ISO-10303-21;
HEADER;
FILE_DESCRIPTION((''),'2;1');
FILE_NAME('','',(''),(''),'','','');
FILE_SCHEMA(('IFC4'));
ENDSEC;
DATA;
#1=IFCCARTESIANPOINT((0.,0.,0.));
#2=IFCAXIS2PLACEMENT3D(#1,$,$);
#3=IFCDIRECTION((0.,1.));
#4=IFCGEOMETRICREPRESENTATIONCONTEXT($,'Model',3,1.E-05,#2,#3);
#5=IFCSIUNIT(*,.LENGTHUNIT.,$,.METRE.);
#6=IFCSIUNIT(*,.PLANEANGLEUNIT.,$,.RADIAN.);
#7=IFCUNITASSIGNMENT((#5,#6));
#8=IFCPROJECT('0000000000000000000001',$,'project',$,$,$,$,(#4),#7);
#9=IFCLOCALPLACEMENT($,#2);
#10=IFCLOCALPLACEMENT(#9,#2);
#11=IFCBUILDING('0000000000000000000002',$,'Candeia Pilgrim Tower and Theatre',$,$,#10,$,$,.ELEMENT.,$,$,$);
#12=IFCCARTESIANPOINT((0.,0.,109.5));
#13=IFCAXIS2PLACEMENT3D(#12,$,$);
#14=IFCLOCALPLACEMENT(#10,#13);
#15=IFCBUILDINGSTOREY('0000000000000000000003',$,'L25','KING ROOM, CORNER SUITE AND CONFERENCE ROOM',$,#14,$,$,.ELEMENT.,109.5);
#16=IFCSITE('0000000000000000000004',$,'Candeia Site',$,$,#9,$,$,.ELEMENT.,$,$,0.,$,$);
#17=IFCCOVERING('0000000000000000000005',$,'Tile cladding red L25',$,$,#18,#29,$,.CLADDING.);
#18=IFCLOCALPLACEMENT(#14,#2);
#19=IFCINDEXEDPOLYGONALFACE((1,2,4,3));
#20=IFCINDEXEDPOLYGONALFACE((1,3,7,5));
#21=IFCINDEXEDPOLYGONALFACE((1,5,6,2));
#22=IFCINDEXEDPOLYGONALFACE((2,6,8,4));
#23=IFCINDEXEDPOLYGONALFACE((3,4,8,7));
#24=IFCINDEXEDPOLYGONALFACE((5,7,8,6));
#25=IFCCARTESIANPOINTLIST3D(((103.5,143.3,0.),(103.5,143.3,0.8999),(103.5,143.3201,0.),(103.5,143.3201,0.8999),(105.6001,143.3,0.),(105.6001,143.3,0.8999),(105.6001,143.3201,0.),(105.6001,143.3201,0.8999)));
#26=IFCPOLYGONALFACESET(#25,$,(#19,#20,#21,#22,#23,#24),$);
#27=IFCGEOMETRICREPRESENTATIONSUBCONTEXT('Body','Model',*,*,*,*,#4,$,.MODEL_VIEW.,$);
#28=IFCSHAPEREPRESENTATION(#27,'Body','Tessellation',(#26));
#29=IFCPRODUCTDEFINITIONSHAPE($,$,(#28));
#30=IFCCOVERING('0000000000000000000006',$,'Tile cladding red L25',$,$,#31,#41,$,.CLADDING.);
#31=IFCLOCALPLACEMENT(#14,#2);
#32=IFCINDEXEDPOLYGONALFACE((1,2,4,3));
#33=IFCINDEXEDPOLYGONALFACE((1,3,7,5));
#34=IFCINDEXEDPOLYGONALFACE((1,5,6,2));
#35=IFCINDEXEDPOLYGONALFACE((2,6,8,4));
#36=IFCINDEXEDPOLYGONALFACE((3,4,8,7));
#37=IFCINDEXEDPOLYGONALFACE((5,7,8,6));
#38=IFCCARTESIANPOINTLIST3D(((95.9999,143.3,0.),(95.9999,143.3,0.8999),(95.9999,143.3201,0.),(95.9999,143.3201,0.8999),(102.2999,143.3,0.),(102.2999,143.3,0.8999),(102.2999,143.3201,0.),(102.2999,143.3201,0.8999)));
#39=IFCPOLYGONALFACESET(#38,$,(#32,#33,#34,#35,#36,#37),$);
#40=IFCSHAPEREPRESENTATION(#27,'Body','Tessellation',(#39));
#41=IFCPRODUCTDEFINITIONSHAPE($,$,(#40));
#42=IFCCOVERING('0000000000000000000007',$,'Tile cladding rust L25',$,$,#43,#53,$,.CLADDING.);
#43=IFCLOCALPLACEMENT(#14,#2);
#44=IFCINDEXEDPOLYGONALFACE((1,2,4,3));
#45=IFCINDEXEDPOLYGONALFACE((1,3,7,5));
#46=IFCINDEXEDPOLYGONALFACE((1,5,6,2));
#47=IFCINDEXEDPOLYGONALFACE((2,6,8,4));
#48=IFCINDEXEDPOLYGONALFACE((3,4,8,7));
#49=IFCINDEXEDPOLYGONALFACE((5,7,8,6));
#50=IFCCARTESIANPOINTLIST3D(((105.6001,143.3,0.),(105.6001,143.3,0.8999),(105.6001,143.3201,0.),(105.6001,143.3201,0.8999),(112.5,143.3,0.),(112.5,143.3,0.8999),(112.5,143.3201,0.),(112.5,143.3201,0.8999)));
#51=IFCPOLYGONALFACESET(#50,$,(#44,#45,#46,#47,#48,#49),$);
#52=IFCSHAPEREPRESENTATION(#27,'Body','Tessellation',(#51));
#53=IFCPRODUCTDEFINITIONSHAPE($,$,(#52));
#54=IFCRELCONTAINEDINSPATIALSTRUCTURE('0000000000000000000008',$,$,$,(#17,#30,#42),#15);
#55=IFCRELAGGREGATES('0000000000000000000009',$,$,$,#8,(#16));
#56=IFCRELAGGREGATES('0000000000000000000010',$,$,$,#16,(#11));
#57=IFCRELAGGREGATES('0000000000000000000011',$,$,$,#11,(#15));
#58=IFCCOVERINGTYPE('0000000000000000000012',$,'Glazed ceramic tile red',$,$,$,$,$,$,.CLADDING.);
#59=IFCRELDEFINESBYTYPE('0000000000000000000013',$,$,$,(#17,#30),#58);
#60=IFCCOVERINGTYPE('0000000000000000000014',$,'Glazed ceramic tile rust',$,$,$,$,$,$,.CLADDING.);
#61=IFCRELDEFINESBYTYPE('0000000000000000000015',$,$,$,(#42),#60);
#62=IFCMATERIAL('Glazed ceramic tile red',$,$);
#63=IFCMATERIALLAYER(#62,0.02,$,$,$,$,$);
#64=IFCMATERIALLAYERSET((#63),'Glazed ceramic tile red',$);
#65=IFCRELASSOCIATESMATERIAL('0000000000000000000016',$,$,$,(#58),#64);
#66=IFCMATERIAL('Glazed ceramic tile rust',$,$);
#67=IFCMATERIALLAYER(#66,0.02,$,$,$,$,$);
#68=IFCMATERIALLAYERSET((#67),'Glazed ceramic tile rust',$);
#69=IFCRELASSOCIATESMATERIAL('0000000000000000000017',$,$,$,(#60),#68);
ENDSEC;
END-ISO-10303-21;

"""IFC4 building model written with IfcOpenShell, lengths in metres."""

from ifc_helpers import new_model, si_unit, direction, frame, origin, origin_2d, place, context, subcontext, project, spatial, rectangle, extrude, material, layer, layer_set, type_object, element, save


model = new_model("IFC4")

# Units and contexts
model_context = context("Model", 3, precision=1e-05, world=origin(), true_north=direction((0.0, 1.0)))
body_context = subcontext(model_context, "Body", "Model", "MODEL_VIEW")
ifc_project = project(units=[si_unit("LENGTHUNIT", "METRE"), si_unit("PLANEANGLEUNIT", "RADIAN")], contexts=[model_context])

# Site, building, storey
site_placement = place(None, origin())
site = spatial("IfcSite", under=ifc_project, at=site_placement, Name="Candeia Site", CompositionType="ELEMENT", RefElevation=0.0)
building_placement = place(site_placement, origin())
building = spatial("IfcBuilding", under=site, at=building_placement, Name="Candeia Pilgrim Tower and Theatre", CompositionType="ELEMENT")
storey_placement = place(building_placement, frame((0.0, 0.0, 109.5)))
storey = spatial("IfcBuildingStorey", under=building, at=storey_placement, Name="L25", Description="KING ROOM, CORNER SUITE AND CONFERENCE ROOM", CompositionType="ELEMENT", Elevation=109.5)

# Coverings
ifc_material_1 = material(Name="Glazed ceramic tile red")
ifc_layer_1 = layer(ifc_material_1, 0.02)
ifc_layer_set_1 = layer_set([ifc_layer_1], Name="Glazed ceramic tile red")
covering_type_1 = type_object("IfcCoveringType", Name="Glazed ceramic tile red", PredefinedType="CLADDING", material=ifc_layer_set_1)
covering_1_placement = place(storey_placement, frame((104.55, 143.3101, 0.0), z_axis=(0.0, 0.0, 1.0), x_axis=(-1.0, 0.0, 0.0)))
element("IfcCovering", 1, at=covering_1_placement, inside=storey, type_object=covering_type_1, Name="Tile cladding red L25", PredefinedType="CLADDING", context=body_context, shape_type="SweptSolid", body=[
    extrude(rectangle(XDim=2.1001, YDim=0.02, at=origin_2d()), origin(), (0.0, 0.0, 1.0), 0.8999),
])
covering_2_placement = place(storey_placement, frame((99.1499, 143.3101, 0.0), z_axis=(0.0, 0.0, 1.0), x_axis=(-1.0, 0.0, 0.0)))
element("IfcCovering", 2, at=covering_2_placement, inside=storey, type_object=covering_type_1, Name="Tile cladding red L25", PredefinedType="CLADDING", context=body_context, shape_type="SweptSolid", body=[
    extrude(rectangle(XDim=6.3, YDim=0.02, at=origin_2d()), origin(), (0.0, 0.0, 1.0), 0.8999),
])
ifc_material_2 = material(Name="Glazed ceramic tile rust")
ifc_layer_2 = layer(ifc_material_2, 0.02)
ifc_layer_set_2 = layer_set([ifc_layer_2], Name="Glazed ceramic tile rust")
covering_type_2 = type_object("IfcCoveringType", Name="Glazed ceramic tile rust", PredefinedType="CLADDING", material=ifc_layer_set_2)
covering_3_placement = place(storey_placement, frame((109.05, 143.3101, 0.0), z_axis=(0.0, 0.0, 1.0), x_axis=(-1.0, 0.0, 0.0)))
element("IfcCovering", 3, at=covering_3_placement, inside=storey, type_object=covering_type_2, Name="Tile cladding rust L25", PredefinedType="CLADDING", context=body_context, shape_type="SweptSolid", body=[
    extrude(rectangle(XDim=6.8999, YDim=0.02, at=origin_2d()), origin(), (0.0, 0.0, 1.0), 0.8999),
])

save(model, "model.ifc")
